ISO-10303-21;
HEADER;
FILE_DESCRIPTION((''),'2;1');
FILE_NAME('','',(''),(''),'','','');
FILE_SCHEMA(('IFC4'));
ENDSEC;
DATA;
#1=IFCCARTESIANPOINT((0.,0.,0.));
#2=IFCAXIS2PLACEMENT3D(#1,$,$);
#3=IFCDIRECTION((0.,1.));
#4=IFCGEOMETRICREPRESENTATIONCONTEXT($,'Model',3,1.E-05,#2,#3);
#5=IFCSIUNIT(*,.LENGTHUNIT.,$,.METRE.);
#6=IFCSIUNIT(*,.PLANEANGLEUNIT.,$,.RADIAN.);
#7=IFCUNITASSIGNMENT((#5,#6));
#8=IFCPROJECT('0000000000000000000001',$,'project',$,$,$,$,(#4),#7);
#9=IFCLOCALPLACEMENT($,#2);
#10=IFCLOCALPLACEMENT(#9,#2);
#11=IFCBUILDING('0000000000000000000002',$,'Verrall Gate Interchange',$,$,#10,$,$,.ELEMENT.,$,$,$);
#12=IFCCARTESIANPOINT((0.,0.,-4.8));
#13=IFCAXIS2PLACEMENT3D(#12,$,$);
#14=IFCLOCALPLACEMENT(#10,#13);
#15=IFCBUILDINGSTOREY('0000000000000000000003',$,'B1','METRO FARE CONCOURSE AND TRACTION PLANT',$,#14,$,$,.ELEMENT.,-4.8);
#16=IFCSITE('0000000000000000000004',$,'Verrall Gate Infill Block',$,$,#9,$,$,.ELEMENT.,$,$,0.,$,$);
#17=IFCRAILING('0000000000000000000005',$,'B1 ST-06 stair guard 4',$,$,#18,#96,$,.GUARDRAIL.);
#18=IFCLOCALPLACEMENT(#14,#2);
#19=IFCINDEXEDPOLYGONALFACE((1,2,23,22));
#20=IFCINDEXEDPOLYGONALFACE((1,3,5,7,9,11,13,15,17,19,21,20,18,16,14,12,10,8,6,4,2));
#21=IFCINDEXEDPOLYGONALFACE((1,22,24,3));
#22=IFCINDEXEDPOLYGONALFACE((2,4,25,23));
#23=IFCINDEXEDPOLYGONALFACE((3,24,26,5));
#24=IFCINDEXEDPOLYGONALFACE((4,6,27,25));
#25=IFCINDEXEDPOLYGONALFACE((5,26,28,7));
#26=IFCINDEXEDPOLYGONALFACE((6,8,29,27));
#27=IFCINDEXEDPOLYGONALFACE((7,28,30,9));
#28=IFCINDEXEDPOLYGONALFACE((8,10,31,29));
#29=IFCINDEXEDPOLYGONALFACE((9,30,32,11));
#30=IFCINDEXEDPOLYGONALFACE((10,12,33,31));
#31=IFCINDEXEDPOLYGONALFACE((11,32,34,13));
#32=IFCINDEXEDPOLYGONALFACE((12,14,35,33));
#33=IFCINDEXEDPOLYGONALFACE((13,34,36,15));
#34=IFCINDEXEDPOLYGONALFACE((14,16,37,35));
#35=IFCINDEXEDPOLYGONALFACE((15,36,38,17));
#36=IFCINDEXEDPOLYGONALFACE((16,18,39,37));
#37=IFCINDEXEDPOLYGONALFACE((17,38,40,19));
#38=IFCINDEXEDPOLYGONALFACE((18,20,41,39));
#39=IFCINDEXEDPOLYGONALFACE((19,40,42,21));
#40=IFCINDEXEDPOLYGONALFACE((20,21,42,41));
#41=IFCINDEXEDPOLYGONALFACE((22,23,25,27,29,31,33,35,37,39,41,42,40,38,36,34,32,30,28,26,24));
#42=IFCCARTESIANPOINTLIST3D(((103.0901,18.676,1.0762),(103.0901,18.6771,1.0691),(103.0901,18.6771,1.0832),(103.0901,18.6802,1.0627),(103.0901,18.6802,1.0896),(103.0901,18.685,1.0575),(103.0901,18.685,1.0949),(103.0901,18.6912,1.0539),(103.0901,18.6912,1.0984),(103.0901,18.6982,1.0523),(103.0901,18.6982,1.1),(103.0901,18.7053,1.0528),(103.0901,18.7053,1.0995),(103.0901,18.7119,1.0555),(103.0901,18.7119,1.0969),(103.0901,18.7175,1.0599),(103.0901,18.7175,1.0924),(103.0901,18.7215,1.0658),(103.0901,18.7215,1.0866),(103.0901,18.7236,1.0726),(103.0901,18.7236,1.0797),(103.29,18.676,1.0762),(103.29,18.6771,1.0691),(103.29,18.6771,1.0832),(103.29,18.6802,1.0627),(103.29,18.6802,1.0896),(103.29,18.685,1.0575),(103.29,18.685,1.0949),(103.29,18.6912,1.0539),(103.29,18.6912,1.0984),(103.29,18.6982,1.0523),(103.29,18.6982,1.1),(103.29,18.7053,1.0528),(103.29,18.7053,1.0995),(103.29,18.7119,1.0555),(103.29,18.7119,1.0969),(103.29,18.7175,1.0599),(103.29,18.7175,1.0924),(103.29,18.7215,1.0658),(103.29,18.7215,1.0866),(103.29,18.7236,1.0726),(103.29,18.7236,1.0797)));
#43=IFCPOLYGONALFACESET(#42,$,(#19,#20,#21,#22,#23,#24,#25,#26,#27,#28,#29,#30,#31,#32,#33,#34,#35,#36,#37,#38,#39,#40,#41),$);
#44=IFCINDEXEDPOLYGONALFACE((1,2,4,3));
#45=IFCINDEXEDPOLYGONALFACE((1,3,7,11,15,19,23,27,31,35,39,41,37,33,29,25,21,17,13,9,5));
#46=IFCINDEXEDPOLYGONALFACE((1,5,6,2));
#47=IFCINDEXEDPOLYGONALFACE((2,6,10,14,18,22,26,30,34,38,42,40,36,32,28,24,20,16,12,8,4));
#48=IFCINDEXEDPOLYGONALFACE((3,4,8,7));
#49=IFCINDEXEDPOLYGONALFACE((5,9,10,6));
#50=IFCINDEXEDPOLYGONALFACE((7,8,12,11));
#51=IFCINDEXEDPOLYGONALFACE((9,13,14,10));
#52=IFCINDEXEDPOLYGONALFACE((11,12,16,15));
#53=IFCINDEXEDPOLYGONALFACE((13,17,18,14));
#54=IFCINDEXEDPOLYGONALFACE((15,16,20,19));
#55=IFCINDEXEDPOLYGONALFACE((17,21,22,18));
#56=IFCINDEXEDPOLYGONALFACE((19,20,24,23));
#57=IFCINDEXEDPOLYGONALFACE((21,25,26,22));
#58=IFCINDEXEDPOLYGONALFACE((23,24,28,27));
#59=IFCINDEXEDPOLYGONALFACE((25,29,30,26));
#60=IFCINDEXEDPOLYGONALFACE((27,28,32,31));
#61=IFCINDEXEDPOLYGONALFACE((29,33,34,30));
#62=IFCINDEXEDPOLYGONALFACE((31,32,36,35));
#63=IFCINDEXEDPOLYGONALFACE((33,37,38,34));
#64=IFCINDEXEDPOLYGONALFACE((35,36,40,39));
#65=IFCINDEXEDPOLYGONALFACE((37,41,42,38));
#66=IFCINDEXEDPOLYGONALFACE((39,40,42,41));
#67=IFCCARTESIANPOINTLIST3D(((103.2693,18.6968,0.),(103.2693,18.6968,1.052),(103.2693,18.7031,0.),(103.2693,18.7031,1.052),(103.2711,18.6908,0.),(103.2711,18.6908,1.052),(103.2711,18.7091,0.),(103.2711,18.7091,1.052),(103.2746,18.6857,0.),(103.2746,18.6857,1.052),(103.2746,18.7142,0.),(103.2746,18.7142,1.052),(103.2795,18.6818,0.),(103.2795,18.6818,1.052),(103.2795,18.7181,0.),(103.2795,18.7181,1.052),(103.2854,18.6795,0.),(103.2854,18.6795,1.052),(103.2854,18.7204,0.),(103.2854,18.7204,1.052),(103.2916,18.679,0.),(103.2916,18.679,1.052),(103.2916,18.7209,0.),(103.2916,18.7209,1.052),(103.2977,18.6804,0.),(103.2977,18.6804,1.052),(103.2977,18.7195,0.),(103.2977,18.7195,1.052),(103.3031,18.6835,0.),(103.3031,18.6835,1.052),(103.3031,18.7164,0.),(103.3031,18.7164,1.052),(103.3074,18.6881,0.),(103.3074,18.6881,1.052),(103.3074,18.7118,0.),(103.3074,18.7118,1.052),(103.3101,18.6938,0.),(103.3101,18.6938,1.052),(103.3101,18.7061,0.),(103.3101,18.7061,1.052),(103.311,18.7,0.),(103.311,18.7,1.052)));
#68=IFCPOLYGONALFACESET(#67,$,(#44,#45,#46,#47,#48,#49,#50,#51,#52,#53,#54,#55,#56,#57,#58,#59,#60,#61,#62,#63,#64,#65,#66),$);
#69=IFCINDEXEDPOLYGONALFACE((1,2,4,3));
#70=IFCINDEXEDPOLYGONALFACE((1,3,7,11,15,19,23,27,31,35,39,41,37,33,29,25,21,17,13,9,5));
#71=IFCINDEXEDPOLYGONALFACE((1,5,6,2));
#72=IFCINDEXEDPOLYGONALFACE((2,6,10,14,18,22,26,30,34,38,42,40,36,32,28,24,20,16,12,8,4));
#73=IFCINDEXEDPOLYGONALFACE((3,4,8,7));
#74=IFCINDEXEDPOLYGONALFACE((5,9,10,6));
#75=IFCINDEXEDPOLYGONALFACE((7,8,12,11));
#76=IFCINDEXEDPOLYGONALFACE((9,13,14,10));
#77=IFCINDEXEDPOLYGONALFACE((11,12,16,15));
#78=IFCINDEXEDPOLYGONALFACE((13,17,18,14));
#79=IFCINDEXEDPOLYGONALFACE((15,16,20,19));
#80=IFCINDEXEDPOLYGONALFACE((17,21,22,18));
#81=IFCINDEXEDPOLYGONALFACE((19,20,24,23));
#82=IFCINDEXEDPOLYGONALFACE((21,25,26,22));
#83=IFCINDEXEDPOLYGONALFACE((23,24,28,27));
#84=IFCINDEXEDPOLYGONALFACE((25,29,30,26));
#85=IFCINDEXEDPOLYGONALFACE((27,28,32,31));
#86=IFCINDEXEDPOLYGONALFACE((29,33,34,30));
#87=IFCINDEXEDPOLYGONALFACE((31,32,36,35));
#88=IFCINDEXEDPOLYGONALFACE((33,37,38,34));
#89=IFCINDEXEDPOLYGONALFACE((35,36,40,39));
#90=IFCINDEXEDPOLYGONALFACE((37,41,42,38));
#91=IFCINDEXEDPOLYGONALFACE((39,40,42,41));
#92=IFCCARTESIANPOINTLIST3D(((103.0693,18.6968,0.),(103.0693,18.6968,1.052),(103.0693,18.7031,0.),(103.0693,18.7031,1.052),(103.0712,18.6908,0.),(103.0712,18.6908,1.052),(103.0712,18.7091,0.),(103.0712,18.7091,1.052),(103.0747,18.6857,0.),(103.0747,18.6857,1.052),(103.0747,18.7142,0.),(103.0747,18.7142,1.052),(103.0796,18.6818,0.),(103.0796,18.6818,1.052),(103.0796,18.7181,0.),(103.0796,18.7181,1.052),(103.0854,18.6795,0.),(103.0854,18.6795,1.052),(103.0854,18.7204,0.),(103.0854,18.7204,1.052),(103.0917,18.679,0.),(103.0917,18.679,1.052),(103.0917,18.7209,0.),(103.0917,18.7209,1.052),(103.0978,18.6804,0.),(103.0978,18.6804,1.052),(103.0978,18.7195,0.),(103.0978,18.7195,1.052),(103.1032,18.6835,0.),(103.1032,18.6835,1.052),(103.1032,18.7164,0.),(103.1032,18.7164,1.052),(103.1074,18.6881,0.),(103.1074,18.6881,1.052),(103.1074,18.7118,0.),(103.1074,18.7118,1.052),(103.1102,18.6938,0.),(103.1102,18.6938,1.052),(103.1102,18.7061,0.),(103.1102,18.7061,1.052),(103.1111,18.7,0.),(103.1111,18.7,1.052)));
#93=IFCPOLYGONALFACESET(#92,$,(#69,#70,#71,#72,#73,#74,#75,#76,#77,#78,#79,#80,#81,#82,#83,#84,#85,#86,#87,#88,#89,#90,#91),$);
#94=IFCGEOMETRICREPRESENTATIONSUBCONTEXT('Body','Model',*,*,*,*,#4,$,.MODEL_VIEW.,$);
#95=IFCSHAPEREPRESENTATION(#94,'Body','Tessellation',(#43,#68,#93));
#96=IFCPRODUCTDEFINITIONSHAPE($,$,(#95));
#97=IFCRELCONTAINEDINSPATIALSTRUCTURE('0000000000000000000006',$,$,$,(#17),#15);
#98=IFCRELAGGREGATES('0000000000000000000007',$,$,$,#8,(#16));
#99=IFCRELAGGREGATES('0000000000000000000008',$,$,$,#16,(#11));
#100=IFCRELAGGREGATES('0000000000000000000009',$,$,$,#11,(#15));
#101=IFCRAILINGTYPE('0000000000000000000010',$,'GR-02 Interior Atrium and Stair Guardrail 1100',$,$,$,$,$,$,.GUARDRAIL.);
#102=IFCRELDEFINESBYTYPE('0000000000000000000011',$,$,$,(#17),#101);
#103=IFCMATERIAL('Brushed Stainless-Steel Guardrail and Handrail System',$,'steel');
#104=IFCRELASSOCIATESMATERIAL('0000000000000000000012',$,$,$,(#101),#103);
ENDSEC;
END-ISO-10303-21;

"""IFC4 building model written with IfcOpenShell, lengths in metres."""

from ifc_helpers import new_model, si_unit, direction, frame, origin, origin_2d, place, context, subcontext, project, spatial, circle, extrude, material, type_object, element, save


model = new_model("IFC4")

# Units and contexts
model_context = context("Model", 3, precision=1e-05, world=origin(), true_north=direction((0.0, 1.0)))
body_context = subcontext(model_context, "Body", "Model", "MODEL_VIEW")
ifc_project = project(units=[si_unit("LENGTHUNIT", "METRE"), si_unit("PLANEANGLEUNIT", "RADIAN")], contexts=[model_context])

# Site, building, storey
site_placement = place(None, origin())
site = spatial("IfcSite", under=ifc_project, at=site_placement, Name="Verrall Gate Infill Block", CompositionType="ELEMENT", RefElevation=0.0)
building_placement = place(site_placement, origin())
building = spatial("IfcBuilding", under=site, at=building_placement, Name="Verrall Gate Interchange", CompositionType="ELEMENT")
storey_placement = place(building_placement, frame((0.0, 0.0, -4.8)))
storey = spatial("IfcBuildingStorey", under=building, at=storey_placement, Name="B1", Description="METRO FARE CONCOURSE AND TRACTION PLANT", CompositionType="ELEMENT", Elevation=-4.8)

# Railing
ifc_material_1 = material(Name="Brushed Stainless-Steel Guardrail and Handrail System", Category="steel")
railing_type_1 = type_object("IfcRailingType", Name="GR-02 Interior Atrium and Stair Guardrail 1100", PredefinedType="GUARDRAIL", material=ifc_material_1)
railing_1_placement = place(storey_placement, frame((103.29, 18.7, 0.0)))
element("IfcRailing", 1, at=railing_1_placement, inside=storey, type_object=railing_type_1, Name="B1 ST-06 stair guard 4", PredefinedType="GUARDRAIL", context=body_context, shape_type="SweptSolid", body=[
    extrude(circle(Radius=0.0239, at=origin_2d()), frame((0.0, 0.0, 1.0762), z_axis=(-1.0, 0.0, 0.0), x_axis=(0.0, -1.0, 0.0)), (0.0, 0.0, 1.0), 0.2),
    extrude(circle(Radius=0.021, at=origin_2d()), origin(), (0.0, 0.0, 1.0), 1.052),
    extrude(circle(Radius=0.021, at=origin_2d()), frame((-0.2, 0.0, 0.0)), (0.0, 0.0, 1.0), 1.052),
])

save(model, "model.ifc")
